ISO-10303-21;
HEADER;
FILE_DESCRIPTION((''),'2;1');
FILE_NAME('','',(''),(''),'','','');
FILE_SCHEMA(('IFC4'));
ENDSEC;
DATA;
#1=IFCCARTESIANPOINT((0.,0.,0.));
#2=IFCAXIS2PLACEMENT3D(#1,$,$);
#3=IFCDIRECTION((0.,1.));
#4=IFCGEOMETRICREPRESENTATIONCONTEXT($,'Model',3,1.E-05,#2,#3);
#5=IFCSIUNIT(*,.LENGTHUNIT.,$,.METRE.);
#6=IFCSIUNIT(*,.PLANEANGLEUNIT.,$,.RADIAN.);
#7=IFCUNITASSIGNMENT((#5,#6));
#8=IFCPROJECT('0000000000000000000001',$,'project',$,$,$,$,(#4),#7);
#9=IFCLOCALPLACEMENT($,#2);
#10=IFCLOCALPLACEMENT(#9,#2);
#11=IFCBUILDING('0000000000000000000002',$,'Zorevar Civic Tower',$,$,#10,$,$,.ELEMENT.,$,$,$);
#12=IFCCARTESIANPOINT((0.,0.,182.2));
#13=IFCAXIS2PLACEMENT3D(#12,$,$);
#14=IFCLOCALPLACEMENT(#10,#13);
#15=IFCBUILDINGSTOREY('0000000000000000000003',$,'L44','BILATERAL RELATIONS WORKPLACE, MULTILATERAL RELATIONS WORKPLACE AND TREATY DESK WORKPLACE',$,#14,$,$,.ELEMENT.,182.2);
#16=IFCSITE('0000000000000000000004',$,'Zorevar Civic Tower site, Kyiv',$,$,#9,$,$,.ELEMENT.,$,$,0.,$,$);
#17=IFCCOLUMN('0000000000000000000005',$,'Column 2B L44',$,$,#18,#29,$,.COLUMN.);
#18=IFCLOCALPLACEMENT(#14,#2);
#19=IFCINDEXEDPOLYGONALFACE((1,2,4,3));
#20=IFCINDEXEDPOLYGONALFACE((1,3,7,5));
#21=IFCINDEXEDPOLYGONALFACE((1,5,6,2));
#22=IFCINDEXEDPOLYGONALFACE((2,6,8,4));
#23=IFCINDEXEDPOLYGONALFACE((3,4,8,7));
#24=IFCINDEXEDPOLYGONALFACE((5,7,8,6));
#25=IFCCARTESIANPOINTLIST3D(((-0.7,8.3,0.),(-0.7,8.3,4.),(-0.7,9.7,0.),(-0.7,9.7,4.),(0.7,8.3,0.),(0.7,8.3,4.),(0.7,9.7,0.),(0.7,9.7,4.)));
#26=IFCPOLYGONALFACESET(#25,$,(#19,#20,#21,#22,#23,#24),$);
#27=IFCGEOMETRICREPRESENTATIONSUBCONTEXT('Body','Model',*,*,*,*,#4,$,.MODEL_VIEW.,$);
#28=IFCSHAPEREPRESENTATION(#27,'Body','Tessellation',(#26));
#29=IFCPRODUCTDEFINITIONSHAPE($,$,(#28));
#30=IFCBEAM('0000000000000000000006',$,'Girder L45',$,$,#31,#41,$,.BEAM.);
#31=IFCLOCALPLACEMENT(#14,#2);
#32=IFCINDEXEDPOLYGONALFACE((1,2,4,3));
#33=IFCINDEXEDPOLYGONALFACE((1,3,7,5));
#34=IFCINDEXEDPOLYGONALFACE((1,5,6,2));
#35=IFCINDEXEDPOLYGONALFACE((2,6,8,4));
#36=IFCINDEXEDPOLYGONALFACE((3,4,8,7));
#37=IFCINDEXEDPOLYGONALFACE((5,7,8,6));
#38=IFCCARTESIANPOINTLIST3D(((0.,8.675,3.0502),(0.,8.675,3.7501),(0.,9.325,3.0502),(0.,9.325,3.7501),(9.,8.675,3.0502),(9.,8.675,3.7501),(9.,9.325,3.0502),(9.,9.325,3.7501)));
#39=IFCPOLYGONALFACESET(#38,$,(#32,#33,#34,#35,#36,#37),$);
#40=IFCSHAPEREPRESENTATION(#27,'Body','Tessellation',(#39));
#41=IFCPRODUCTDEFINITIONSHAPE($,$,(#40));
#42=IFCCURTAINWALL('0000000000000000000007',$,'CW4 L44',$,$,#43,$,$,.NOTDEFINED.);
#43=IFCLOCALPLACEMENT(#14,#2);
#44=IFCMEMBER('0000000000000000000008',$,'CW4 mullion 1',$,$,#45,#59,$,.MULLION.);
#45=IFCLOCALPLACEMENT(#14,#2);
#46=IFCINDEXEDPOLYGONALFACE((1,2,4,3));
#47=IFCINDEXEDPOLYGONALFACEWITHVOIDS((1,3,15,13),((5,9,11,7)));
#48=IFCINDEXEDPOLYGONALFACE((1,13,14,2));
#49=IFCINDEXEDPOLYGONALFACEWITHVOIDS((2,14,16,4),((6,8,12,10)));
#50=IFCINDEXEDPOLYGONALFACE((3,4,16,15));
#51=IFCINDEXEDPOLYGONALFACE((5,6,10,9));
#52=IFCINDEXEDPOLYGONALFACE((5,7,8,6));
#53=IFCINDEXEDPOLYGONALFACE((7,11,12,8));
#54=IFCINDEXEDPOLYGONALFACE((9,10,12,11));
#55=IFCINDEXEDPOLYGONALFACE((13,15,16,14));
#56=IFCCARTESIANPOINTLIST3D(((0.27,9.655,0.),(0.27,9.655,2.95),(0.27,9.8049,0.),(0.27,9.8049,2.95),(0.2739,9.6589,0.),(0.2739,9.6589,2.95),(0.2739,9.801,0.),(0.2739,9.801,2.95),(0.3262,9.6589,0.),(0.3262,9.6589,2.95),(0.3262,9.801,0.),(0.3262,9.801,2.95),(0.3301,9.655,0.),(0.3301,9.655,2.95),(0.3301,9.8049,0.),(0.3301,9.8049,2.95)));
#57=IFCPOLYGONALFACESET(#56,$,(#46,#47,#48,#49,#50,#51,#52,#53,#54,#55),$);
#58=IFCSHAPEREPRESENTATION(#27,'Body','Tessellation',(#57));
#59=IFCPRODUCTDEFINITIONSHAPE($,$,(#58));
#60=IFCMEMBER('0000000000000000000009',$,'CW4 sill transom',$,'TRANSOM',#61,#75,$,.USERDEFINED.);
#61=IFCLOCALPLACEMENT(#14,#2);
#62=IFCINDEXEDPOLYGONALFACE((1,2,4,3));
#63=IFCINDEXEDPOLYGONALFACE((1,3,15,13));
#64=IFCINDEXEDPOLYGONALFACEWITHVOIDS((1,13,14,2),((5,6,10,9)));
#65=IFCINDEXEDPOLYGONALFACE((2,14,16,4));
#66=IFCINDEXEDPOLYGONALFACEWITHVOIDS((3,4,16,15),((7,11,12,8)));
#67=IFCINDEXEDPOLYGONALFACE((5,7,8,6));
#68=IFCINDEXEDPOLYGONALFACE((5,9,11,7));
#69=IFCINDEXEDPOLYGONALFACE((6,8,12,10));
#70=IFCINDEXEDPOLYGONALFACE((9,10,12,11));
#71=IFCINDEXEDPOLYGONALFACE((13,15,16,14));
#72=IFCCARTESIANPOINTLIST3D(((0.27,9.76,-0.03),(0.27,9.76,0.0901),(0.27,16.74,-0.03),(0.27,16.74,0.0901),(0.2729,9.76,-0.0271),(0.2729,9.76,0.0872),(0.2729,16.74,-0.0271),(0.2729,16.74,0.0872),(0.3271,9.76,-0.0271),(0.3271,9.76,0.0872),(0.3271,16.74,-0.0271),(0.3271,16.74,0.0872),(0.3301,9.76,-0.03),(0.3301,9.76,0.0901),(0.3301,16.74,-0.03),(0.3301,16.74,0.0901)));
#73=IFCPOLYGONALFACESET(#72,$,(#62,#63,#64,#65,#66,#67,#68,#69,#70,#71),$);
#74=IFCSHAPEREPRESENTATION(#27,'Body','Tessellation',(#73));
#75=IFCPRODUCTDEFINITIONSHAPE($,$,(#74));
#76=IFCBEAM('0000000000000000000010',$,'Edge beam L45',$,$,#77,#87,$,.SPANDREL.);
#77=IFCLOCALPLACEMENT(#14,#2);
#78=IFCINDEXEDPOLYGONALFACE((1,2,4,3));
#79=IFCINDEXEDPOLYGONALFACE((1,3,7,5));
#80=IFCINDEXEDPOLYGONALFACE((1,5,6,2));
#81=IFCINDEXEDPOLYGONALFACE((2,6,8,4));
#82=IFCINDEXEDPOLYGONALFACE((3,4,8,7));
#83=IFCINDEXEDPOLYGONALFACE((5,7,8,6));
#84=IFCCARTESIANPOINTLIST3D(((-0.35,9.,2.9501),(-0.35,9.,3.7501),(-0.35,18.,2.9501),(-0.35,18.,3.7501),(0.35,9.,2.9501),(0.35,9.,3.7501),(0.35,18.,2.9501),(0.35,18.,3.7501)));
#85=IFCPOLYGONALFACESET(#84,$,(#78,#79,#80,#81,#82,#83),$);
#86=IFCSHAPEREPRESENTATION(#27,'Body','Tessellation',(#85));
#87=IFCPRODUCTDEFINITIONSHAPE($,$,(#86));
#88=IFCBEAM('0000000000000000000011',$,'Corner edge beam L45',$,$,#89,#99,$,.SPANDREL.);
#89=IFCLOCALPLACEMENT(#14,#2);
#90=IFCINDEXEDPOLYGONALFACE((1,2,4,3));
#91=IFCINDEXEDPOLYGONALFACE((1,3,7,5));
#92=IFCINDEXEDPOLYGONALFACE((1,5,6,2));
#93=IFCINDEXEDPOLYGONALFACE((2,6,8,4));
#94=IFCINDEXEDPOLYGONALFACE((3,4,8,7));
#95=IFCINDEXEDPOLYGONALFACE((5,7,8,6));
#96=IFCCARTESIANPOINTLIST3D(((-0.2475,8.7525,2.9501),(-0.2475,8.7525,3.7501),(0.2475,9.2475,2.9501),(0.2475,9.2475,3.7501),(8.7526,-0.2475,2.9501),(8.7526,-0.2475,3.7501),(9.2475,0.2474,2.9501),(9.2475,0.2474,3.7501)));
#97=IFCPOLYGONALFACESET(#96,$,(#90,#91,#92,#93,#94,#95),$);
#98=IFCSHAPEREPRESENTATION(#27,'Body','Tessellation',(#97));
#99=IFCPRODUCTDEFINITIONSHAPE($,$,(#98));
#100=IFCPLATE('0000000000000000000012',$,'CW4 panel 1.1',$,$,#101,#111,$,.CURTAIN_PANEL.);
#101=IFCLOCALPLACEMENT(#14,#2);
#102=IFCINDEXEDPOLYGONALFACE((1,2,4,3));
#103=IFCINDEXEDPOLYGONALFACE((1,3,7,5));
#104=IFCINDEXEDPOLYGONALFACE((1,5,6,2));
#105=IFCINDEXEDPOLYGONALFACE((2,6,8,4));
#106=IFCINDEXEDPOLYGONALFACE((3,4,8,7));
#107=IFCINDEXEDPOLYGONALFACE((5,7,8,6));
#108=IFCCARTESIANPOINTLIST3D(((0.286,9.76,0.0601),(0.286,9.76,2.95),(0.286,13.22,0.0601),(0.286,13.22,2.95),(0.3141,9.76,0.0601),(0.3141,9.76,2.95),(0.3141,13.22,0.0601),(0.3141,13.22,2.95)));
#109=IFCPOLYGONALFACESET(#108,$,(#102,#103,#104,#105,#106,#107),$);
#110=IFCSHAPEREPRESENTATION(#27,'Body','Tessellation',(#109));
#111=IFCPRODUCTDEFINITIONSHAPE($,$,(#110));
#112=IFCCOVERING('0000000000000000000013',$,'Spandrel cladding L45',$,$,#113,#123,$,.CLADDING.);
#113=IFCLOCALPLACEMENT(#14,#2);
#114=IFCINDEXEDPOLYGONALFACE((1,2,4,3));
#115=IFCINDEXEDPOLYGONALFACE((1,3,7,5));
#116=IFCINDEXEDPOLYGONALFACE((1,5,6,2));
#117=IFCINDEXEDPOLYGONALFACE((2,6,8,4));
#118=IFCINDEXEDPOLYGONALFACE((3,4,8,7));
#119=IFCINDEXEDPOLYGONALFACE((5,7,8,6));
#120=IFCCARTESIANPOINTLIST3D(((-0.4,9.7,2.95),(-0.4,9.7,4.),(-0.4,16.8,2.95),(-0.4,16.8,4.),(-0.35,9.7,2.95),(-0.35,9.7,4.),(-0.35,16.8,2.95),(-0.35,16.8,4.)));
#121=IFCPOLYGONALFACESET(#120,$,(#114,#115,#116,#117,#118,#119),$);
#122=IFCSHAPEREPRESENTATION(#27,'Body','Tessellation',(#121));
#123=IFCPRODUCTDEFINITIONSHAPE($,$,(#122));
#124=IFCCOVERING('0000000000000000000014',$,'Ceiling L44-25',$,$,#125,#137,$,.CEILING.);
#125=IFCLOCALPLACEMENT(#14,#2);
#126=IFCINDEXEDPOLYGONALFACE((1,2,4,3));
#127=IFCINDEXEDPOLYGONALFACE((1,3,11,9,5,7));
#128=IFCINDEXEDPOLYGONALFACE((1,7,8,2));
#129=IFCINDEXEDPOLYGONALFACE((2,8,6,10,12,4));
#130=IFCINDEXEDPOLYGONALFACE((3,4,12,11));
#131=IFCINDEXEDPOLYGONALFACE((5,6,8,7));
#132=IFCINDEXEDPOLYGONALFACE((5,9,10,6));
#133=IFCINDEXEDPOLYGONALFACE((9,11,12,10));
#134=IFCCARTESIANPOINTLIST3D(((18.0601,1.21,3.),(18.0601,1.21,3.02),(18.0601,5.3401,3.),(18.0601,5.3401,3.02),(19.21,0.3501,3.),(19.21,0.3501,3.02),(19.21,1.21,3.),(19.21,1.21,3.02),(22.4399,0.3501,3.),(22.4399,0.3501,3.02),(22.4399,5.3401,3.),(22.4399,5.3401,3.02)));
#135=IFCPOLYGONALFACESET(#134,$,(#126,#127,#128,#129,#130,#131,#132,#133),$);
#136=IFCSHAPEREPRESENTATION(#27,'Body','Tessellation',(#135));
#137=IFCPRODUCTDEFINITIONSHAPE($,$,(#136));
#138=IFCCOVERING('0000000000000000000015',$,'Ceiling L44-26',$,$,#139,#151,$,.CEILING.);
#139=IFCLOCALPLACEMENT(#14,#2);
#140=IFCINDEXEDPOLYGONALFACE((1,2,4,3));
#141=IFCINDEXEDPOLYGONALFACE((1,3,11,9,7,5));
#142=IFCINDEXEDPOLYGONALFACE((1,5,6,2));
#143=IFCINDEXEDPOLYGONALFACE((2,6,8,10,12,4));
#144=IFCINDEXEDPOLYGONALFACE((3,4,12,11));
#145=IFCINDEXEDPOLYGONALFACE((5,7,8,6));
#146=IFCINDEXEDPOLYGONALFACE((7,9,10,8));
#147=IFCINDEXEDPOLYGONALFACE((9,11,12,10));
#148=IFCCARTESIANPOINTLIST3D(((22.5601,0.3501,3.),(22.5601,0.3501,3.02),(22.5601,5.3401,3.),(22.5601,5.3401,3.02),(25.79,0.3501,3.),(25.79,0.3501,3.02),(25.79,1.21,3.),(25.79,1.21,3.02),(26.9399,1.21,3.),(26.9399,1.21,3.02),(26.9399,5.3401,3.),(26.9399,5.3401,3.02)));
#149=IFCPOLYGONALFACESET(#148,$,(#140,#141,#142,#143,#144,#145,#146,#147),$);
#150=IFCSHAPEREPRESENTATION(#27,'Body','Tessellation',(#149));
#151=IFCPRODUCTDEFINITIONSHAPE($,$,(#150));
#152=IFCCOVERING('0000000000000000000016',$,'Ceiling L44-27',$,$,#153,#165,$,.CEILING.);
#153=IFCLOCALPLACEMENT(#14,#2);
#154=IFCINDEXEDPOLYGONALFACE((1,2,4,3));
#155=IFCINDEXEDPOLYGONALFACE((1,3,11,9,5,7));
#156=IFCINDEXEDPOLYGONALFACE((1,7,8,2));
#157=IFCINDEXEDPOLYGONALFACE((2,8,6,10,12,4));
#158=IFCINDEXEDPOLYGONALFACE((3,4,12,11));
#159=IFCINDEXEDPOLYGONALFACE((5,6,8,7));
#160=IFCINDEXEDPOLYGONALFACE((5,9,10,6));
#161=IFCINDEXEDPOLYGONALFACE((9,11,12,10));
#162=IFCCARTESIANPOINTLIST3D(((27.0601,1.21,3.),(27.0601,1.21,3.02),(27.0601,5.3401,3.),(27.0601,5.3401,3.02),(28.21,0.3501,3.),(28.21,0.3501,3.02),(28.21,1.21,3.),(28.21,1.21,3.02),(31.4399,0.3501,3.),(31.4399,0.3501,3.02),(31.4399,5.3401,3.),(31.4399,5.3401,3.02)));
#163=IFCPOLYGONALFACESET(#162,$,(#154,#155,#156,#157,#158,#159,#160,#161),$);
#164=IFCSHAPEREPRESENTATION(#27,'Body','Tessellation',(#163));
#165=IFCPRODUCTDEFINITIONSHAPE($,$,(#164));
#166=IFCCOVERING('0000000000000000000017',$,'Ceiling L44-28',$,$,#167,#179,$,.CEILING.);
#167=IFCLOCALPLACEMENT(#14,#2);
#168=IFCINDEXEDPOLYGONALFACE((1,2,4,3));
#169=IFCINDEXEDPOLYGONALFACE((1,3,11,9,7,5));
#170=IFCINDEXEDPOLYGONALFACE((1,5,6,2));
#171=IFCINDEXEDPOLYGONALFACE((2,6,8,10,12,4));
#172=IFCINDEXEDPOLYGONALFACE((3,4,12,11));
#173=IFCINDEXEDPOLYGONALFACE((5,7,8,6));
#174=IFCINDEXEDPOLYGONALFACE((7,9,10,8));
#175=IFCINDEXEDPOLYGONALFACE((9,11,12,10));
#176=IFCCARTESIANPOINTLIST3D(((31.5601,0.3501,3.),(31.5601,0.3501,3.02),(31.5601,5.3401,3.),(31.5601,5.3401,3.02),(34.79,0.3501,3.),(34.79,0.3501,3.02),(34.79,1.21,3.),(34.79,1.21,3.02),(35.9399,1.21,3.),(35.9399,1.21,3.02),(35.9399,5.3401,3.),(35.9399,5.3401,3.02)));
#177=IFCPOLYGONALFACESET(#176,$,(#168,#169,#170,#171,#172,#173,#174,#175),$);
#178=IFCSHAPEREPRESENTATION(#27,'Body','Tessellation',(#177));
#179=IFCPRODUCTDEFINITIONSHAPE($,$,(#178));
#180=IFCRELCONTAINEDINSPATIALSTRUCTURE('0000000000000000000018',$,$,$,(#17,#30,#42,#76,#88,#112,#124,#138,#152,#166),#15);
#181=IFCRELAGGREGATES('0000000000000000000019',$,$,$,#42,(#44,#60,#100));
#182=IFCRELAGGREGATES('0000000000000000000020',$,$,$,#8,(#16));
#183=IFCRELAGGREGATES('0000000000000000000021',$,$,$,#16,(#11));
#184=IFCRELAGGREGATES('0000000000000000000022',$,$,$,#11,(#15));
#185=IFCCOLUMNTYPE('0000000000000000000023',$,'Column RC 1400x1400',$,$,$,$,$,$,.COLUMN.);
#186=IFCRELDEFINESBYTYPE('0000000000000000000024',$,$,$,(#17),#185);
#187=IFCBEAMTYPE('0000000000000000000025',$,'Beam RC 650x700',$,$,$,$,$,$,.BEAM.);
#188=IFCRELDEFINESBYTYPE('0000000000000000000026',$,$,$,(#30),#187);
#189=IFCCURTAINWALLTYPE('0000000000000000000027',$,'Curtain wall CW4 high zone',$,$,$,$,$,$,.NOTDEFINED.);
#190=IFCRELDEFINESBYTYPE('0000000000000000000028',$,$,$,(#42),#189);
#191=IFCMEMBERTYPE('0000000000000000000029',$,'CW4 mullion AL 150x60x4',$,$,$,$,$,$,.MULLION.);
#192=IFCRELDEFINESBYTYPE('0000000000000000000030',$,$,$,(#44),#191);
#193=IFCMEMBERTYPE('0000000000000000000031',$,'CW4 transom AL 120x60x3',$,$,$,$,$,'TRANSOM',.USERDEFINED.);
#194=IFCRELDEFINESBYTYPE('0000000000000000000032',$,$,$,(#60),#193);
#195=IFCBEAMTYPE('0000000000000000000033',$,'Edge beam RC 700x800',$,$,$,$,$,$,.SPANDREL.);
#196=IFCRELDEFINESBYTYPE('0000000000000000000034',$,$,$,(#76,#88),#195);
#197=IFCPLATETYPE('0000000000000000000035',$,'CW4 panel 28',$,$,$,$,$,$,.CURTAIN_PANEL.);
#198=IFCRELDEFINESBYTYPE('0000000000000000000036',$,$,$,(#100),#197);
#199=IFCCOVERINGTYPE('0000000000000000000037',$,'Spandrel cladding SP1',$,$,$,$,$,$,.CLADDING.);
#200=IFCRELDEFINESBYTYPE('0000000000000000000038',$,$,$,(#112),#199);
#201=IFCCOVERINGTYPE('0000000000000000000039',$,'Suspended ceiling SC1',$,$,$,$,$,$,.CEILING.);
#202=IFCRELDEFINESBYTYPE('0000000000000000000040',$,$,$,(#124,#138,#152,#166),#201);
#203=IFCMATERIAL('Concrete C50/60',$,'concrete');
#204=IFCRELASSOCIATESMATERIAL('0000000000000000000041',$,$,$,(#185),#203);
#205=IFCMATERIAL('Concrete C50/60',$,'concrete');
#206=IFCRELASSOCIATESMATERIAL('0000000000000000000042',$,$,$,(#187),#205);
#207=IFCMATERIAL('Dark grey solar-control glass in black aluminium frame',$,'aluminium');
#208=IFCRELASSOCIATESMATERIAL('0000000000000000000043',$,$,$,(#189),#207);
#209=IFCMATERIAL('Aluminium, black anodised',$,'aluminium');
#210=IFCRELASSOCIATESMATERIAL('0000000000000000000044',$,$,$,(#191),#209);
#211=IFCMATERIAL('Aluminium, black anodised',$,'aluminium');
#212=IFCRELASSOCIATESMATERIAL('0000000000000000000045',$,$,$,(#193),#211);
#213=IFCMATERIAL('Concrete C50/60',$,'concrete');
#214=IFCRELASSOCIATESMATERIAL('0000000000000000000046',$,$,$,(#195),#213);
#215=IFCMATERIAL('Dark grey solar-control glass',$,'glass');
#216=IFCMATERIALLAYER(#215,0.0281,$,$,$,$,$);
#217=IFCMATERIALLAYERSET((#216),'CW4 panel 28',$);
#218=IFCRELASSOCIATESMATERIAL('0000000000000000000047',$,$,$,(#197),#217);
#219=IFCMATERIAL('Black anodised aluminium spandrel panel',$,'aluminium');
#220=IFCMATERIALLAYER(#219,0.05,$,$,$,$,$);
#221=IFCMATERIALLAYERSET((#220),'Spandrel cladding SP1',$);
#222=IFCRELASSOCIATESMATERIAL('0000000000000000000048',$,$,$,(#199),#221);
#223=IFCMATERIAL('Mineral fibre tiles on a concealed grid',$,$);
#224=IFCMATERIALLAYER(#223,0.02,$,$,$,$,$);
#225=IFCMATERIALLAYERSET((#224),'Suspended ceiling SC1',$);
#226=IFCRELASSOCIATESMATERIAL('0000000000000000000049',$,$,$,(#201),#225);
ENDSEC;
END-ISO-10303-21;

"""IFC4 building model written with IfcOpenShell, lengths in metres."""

from ifc_helpers import new_model, si_unit, direction, frame, frame_2d, origin, origin_2d, place, context, subcontext, project, spatial, polyline, rectangle, hollow_rectangle, outline, extrude, material, layer, layer_set, material_profile, profile_set, type_object, element, aggregate, save


model = new_model("IFC4")

# Units and contexts
model_context = context("Model", 3, precision=1e-05, world=origin(), true_north=direction((0.0, 1.0)))
body_context = subcontext(model_context, "Body", "Model", "MODEL_VIEW")
ifc_project = project(units=[si_unit("LENGTHUNIT", "METRE"), si_unit("PLANEANGLEUNIT", "RADIAN")], contexts=[model_context])

# Site, building, storey
site_placement = place(None, origin())
site = spatial("IfcSite", under=ifc_project, at=site_placement, Name="Zorevar Civic Tower site, Kyiv", CompositionType="ELEMENT", RefElevation=0.0)
building_placement = place(site_placement, origin())
building = spatial("IfcBuilding", under=site, at=building_placement, Name="Zorevar Civic Tower", CompositionType="ELEMENT")
storey_placement = place(building_placement, frame((0.0, 0.0, 182.2)))
storey = spatial("IfcBuildingStorey", under=building, at=storey_placement, Name="L44", Description="BILATERAL RELATIONS WORKPLACE, MULTILATERAL RELATIONS WORKPLACE AND TREATY DESK WORKPLACE", CompositionType="ELEMENT", Elevation=182.2)

# Column
ifc_material_1 = material(Name="Concrete C50/60", Category="concrete")
ifc_material_profile_1 = material_profile(ifc_material_1, rectangle(XDim=1.3999, YDim=1.3999, at=origin_2d()), Name="RC 1400x1400")
ifc_profile_set_1 = profile_set([ifc_material_profile_1], Name="Concrete C50/60")
column_type = type_object("IfcColumnType", Name="Column RC 1400x1400", PredefinedType="COLUMN", material=ifc_profile_set_1)
column_placement = place(storey_placement, frame((0.0, 9.0, 0.0), z_axis=(0.0, 0.0, 1.0), x_axis=(1.0, 0.0, 0.0)))
element("IfcColumn", 1, at=column_placement, inside=storey, type_object=column_type, Name="Column 2B L44", PredefinedType="COLUMN", context=body_context, shape_type="SweptSolid", body=[
    extrude(rectangle(XDim=1.3999, YDim=1.3999, at=origin_2d()), origin(), (0.0, 0.0, 1.0), 4.0),
])

# Beam
ifc_material_2 = material(Name="Concrete C50/60", Category="concrete")
ifc_material_profile_2 = material_profile(ifc_material_2, rectangle(XDim=0.6499, YDim=0.7, at=origin_2d()), Name="RC 650x700")
ifc_profile_set_2 = profile_set([ifc_material_profile_2], Name="Concrete C50/60")
beam_type_1 = type_object("IfcBeamType", Name="Beam RC 650x700", PredefinedType="BEAM", material=ifc_profile_set_2)
beam_1_placement = place(storey_placement, frame((0.0, 9.0, 3.4001), z_axis=(1.0, 0.0, 0.0), x_axis=(0.0, 1.0, 0.0)))
element("IfcBeam", 2, at=beam_1_placement, inside=storey, type_object=beam_type_1, Name="Girder L45", PredefinedType="BEAM", context=body_context, shape_type="SweptSolid", body=[
    extrude(rectangle(XDim=0.6499, YDim=0.7, at=origin_2d()), origin(), (0.0, 0.0, 1.0), 9.0),
])

# Curtain wall, members
ifc_material_3 = material(Name="Dark grey solar-control glass in black aluminium frame", Category="aluminium")
curtain_wall_type = type_object("IfcCurtainWallType", Name="Curtain wall CW4 high zone", PredefinedType="NOTDEFINED", material=ifc_material_3)
curtain_wall_placement = place(storey_placement, origin())
curtain_wall = element("IfcCurtainWall", 3, at=curtain_wall_placement, inside=storey, type_object=curtain_wall_type, Name="CW4 L44", PredefinedType="NOTDEFINED")
ifc_material_4 = material(Name="Aluminium, black anodised", Category="aluminium")
ifc_material_profile_3 = material_profile(ifc_material_4, hollow_rectangle(XDim=0.0601, YDim=0.1499, WallThickness=0.0039, at=origin_2d()), Name="AL 150x60x4")
ifc_profile_set_3 = profile_set([ifc_material_profile_3], Name="Aluminium, black anodised")
member_type_1 = type_object("IfcMemberType", Name="CW4 mullion AL 150x60x4", PredefinedType="MULLION", material=ifc_profile_set_3)
member_1_placement = place(storey_placement, frame((0.3, 9.73, 0.0), z_axis=(0.0, 0.0, 1.0), x_axis=(-1.0, 0.0, 0.0)))
member_1 = element("IfcMember", 4, at=member_1_placement, type_object=member_type_1, Name="CW4 mullion 1", PredefinedType="MULLION", context=body_context, shape_type="SweptSolid", body=[
    extrude(hollow_rectangle(XDim=0.0601, YDim=0.1499, WallThickness=0.0039, at=origin_2d()), origin(), (0.0, 0.0, 1.0), 2.95),
])
ifc_material_5 = material(Name="Aluminium, black anodised", Category="aluminium")
ifc_material_profile_4 = material_profile(ifc_material_5, hollow_rectangle(XDim=0.0601, YDim=0.1201, WallThickness=0.0029, at=origin_2d()), Name="AL 120x60x3")
ifc_profile_set_4 = profile_set([ifc_material_profile_4], Name="Aluminium, black anodised")
member_type_2 = type_object("IfcMemberType", Name="CW4 transom AL 120x60x3", ElementType="TRANSOM", PredefinedType="USERDEFINED", material=ifc_profile_set_4)
member_2_placement = place(storey_placement, frame((0.3, 9.76, 0.03), z_axis=(0.0, 1.0, 0.0), x_axis=(-1.0, 0.0, 0.0)))
member_2 = element("IfcMember", 5, at=member_2_placement, type_object=member_type_2, Name="CW4 sill transom", ObjectType="TRANSOM", PredefinedType="USERDEFINED", context=body_context, shape_type="SweptSolid", body=[
    extrude(hollow_rectangle(XDim=0.0601, YDim=0.1201, WallThickness=0.0029, at=origin_2d()), origin(), (0.0, 0.0, 1.0), 6.98),
])

# Beams
ifc_material_6 = material(Name="Concrete C50/60", Category="concrete")
ifc_material_profile_5 = material_profile(ifc_material_6, rectangle(XDim=0.7, YDim=0.8, at=origin_2d()), Name="RC 700x800")
ifc_profile_set_5 = profile_set([ifc_material_profile_5], Name="Concrete C50/60")
beam_type_2 = type_object("IfcBeamType", Name="Edge beam RC 700x800", PredefinedType="SPANDREL", material=ifc_profile_set_5)
beam_2_placement = place(storey_placement, frame((0.0, 9.0, 3.3501), z_axis=(0.0, 1.0, 0.0), x_axis=(-1.0, 0.0, 0.0)))
element("IfcBeam", 6, at=beam_2_placement, inside=storey, type_object=beam_type_2, Name="Edge beam L45", PredefinedType="SPANDREL", context=body_context, shape_type="SweptSolid", body=[
    extrude(rectangle(XDim=0.7, YDim=0.8, at=origin_2d()), origin(), (0.0, 0.0, 1.0), 9.0),
])
beam_3_placement = place(storey_placement, frame((0.0, 9.0, 3.3501), z_axis=(0.707107, -0.707107, 0.0), x_axis=(0.707107, 0.707107, 0.0)))
element("IfcBeam", 7, at=beam_3_placement, inside=storey, type_object=beam_type_2, Name="Corner edge beam L45", PredefinedType="SPANDREL", context=body_context, shape_type="SweptSolid", body=[
    extrude(rectangle(XDim=0.7, YDim=0.8, at=origin_2d()), origin(), (0.0, 0.0, 1.0), 12.728),
])

# Plate
ifc_material_7 = material(Name="Dark grey solar-control glass", Category="glass")
ifc_layer_1 = layer(ifc_material_7, 0.0281)
ifc_layer_set_1 = layer_set([ifc_layer_1], Name="CW4 panel 28")
plate_type = type_object("IfcPlateType", Name="CW4 panel 28", PredefinedType="CURTAIN_PANEL", material=ifc_layer_set_1)
plate_placement = place(storey_placement, frame((0.3, 11.49, 0.0601), z_axis=(0.0, 0.0, 1.0), x_axis=(0.0, 1.0, 0.0)))
plate = element("IfcPlate", 8, at=plate_placement, type_object=plate_type, Name="CW4 panel 1.1", PredefinedType="CURTAIN_PANEL", context=body_context, shape_type="SweptSolid", body=[
    extrude(rectangle(XDim=3.46, YDim=0.0281, at=origin_2d()), origin(), (0.0, 0.0, 1.0), 2.8899),
])
aggregate(curtain_wall, [member_1, member_2, plate])

# Coverings
ifc_material_8 = material(Name="Black anodised aluminium spandrel panel", Category="aluminium")
ifc_layer_2 = layer(ifc_material_8, 0.05)
ifc_layer_set_2 = layer_set([ifc_layer_2], Name="Spandrel cladding SP1")
covering_type_1 = type_object("IfcCoveringType", Name="Spandrel cladding SP1", PredefinedType="CLADDING", material=ifc_layer_set_2)
covering_1_placement = place(storey_placement, frame((-0.375, 9.7, 2.95), z_axis=(0.0, 0.0, 1.0), x_axis=(0.0, 1.0, 0.0)))
element("IfcCovering", 9, at=covering_1_placement, inside=storey, type_object=covering_type_1, Name="Spandrel cladding L45", PredefinedType="CLADDING", context=body_context, shape_type="SweptSolid", body=[
    extrude(rectangle(XDim=7.1001, YDim=0.05, at=frame_2d((3.55, 0.0))), origin(), (0.0, 0.0, 1.0), 1.05),
])
ifc_material_9 = material(Name="Mineral fibre tiles on a concealed grid")
ifc_layer_3 = layer(ifc_material_9, 0.02)
ifc_layer_set_3 = layer_set([ifc_layer_3], Name="Suspended ceiling SC1")
covering_type_2 = type_object("IfcCoveringType", Name="Suspended ceiling SC1", PredefinedType="CEILING", material=ifc_layer_set_3)
covering_2_placement = place(storey_placement, frame((0.0, 0.0, 3.0)))
element("IfcCovering", 10, at=covering_2_placement, inside=storey, type_object=covering_type_2, Name="Ceiling L44-25", PredefinedType="CEILING", context=body_context, shape_type="SweptSolid", body=[
    extrude(outline(polyline([(22.4399, 5.3401), (22.4399, 0.3501), (19.21, 0.3501), (19.21, 1.21), (18.0601, 1.21), (18.0601, 5.3401), (22.4399, 5.3401)])), origin(), (0.0, 0.0, 1.0), 0.02),
])
covering_3_placement = place(storey_placement, frame((0.0, 0.0, 3.0)))
element("IfcCovering", 11, at=covering_3_placement, inside=storey, type_object=covering_type_2, Name="Ceiling L44-26", PredefinedType="CEILING", context=body_context, shape_type="SweptSolid", body=[
    extrude(outline(polyline([(26.9399, 5.3401), (26.9399, 1.21), (25.79, 1.21), (25.79, 0.3501), (22.5601, 0.3501), (22.5601, 5.3401), (26.9399, 5.3401)])), origin(), (0.0, 0.0, 1.0), 0.02),
])
covering_4_placement = place(storey_placement, frame((0.0, 0.0, 3.0)))
element("IfcCovering", 12, at=covering_4_placement, inside=storey, type_object=covering_type_2, Name="Ceiling L44-27", PredefinedType="CEILING", context=body_context, shape_type="SweptSolid", body=[
    extrude(outline(polyline([(31.4399, 5.3401), (31.4399, 0.3501), (28.21, 0.3501), (28.21, 1.21), (27.0601, 1.21), (27.0601, 5.3401), (31.4399, 5.3401)])), origin(), (0.0, 0.0, 1.0), 0.02),
])
covering_5_placement = place(storey_placement, frame((0.0, 0.0, 3.0)))
element("IfcCovering", 13, at=covering_5_placement, inside=storey, type_object=covering_type_2, Name="Ceiling L44-28", PredefinedType="CEILING", context=body_context, shape_type="SweptSolid", body=[
    extrude(outline(polyline([(35.9399, 5.3401), (35.9399, 1.21), (34.79, 1.21), (34.79, 0.3501), (31.5601, 0.3501), (31.5601, 5.3401), (35.9399, 5.3401)])), origin(), (0.0, 0.0, 1.0), 0.02),
])

save(model, "model.ifc")
